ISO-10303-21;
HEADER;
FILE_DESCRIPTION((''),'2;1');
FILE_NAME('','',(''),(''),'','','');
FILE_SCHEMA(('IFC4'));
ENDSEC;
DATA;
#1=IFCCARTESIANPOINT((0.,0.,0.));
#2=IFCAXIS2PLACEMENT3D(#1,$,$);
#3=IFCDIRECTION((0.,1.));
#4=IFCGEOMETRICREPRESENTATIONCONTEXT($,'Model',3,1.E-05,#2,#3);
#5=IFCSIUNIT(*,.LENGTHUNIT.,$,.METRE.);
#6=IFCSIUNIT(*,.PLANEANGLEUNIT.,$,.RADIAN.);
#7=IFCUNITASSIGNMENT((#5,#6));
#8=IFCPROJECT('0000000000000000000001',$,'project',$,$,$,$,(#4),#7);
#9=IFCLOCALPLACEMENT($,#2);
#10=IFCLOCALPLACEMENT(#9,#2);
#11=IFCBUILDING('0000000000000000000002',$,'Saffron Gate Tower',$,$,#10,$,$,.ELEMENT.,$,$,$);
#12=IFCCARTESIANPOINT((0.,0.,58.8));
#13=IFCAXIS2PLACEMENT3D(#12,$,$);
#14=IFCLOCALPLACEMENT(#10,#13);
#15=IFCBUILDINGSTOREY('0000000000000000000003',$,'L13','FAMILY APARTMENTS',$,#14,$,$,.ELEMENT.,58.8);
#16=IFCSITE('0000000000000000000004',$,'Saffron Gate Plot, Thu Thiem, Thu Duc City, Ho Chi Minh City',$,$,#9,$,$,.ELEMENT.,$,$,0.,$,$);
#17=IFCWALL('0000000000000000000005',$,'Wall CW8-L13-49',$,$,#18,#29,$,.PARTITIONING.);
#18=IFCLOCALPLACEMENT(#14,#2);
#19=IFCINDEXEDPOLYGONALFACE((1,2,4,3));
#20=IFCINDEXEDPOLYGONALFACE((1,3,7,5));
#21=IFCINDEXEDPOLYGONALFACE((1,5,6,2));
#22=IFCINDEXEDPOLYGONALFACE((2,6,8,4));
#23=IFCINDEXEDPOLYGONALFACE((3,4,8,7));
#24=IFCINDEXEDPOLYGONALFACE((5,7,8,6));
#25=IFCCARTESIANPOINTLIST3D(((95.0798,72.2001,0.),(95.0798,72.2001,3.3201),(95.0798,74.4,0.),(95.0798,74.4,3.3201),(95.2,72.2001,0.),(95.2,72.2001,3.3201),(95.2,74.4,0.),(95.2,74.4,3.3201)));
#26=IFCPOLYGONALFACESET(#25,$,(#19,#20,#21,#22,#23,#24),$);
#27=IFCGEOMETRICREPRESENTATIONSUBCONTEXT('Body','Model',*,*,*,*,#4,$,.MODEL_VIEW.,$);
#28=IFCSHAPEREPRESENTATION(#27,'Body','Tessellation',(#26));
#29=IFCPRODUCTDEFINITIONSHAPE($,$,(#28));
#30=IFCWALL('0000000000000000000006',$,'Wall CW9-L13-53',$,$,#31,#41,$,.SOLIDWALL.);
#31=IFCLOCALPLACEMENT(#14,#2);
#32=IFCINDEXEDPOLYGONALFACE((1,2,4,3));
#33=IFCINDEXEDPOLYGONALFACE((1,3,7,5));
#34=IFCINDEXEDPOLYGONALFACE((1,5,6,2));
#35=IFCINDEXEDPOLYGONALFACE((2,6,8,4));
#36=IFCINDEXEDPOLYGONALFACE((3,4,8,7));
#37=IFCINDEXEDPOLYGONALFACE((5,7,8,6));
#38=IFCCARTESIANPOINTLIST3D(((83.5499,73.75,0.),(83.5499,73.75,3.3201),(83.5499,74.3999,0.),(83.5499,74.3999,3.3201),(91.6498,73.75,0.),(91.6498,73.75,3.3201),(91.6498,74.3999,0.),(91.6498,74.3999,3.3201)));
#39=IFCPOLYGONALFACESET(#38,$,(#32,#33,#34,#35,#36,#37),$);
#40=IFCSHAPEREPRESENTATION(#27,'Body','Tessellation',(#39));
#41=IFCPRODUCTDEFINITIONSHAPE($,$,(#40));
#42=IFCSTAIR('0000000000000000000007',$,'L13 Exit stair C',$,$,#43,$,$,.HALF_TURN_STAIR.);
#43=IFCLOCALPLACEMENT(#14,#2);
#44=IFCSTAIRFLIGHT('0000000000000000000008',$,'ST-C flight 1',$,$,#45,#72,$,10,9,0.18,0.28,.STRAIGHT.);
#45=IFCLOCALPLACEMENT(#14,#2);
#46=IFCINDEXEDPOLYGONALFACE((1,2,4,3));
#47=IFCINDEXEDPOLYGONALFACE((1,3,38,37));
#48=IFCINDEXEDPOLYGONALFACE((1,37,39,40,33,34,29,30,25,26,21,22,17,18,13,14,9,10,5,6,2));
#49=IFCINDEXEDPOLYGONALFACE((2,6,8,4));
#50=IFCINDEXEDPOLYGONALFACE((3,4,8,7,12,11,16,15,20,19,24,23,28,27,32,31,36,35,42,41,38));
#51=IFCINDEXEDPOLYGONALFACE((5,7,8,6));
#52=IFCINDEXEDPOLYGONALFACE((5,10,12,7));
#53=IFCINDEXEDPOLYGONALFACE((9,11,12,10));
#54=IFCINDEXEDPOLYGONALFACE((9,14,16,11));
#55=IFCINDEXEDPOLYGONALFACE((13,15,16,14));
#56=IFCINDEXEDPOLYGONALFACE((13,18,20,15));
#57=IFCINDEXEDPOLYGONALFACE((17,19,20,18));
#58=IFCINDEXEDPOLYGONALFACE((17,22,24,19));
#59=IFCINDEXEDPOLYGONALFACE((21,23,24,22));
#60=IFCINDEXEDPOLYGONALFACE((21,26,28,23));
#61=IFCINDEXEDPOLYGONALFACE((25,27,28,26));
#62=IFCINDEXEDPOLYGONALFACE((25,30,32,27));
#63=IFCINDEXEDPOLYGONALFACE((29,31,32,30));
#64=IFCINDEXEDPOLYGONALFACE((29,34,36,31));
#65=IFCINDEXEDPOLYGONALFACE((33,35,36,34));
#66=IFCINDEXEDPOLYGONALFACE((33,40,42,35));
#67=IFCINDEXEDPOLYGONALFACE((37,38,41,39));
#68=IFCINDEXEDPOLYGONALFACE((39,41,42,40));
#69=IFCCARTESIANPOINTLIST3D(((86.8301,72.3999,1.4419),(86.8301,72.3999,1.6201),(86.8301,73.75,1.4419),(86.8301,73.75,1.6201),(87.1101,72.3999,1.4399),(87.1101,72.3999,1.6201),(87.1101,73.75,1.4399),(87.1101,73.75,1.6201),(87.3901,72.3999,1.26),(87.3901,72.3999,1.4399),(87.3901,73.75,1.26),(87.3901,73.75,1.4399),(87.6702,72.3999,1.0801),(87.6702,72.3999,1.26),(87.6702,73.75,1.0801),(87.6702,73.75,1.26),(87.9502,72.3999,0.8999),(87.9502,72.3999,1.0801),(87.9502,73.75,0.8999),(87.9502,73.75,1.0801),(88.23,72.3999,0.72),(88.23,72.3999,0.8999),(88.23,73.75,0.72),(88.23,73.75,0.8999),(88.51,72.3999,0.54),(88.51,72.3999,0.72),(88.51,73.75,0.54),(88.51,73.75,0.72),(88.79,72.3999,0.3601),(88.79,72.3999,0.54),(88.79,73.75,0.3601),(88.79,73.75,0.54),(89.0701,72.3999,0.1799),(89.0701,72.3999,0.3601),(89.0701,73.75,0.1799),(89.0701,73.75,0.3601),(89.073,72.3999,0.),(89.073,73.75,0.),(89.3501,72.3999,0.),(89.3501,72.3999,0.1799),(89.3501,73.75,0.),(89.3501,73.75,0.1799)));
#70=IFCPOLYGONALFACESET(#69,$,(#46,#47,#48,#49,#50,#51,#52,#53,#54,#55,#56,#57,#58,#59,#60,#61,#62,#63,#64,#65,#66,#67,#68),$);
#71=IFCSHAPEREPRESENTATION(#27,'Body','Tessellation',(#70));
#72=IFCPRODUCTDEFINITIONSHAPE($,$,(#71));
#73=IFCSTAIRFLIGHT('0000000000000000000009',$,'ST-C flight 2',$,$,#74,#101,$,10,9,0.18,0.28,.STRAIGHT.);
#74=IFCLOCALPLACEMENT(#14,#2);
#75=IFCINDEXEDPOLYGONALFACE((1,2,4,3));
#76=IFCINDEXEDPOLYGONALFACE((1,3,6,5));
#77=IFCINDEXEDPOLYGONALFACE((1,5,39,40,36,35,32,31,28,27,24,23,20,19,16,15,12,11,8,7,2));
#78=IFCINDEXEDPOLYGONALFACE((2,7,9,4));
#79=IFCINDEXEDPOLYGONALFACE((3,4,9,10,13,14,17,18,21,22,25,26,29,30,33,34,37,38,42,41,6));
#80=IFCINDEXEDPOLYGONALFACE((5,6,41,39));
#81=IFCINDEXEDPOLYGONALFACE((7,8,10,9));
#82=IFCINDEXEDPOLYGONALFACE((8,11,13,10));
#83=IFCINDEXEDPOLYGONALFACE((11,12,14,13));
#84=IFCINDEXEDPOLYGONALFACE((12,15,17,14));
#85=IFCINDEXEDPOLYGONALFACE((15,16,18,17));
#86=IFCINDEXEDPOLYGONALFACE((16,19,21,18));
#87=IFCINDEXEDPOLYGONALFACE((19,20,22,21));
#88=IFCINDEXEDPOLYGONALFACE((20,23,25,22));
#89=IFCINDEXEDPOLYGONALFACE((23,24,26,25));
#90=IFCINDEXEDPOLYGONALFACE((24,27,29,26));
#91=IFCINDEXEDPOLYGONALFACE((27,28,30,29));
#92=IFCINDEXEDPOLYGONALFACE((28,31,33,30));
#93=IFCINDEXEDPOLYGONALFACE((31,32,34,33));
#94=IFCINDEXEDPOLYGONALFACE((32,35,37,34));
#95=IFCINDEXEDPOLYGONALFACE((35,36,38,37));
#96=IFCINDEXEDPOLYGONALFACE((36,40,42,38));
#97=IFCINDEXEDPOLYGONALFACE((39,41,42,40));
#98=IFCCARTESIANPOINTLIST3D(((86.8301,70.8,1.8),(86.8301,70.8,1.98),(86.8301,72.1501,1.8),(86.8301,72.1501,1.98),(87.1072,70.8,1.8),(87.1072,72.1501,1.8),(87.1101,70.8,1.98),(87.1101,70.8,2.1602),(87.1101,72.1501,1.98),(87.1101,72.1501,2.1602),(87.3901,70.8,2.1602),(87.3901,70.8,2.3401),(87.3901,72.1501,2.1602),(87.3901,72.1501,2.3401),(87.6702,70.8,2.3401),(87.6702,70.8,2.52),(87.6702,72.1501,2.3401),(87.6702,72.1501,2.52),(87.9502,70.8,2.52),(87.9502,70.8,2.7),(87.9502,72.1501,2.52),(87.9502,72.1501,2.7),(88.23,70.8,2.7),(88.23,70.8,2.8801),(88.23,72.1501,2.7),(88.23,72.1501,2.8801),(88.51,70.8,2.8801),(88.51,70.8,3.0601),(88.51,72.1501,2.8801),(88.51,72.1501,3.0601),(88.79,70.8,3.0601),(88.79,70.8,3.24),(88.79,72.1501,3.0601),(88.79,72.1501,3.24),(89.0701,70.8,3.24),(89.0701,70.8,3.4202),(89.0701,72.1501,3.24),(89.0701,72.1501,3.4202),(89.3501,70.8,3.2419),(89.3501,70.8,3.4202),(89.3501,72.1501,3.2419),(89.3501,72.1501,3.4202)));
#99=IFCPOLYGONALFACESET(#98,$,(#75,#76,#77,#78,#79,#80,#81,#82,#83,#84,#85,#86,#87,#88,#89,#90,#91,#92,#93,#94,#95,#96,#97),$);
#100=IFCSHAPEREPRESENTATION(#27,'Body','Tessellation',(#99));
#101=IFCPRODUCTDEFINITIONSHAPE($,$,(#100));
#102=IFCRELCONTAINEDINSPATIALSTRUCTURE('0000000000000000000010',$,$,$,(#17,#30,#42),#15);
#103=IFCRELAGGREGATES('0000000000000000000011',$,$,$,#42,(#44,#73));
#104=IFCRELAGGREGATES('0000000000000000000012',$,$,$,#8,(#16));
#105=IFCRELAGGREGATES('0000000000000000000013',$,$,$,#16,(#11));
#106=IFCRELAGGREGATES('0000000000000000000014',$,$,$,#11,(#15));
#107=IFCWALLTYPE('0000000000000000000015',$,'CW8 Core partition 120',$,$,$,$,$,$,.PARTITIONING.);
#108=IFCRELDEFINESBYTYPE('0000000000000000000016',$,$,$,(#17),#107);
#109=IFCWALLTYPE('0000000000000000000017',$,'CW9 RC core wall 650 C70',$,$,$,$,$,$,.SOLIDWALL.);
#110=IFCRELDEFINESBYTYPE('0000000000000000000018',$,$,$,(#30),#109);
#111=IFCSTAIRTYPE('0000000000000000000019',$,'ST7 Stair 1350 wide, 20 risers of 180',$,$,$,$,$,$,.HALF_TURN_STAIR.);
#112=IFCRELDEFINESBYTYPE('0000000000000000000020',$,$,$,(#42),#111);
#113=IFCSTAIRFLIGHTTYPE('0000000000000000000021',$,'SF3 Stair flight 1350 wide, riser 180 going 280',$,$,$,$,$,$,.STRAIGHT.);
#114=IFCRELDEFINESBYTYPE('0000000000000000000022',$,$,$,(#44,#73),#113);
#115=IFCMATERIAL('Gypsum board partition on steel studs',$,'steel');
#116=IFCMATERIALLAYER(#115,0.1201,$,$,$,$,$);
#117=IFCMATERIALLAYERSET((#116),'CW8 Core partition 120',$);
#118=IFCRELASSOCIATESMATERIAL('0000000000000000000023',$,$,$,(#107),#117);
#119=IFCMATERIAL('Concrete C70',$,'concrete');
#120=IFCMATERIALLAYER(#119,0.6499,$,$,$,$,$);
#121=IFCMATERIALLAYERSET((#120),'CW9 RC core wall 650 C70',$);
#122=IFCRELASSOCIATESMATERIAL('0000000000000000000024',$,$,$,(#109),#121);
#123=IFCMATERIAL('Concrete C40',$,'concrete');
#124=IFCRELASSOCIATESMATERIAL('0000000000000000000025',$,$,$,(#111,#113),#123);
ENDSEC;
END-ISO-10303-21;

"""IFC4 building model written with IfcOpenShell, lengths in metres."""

from ifc_helpers import new_model, si_unit, direction, frame, frame_2d, origin, place, context, subcontext, project, spatial, polyline, rectangle, outline, extrude, material, layer, layer_set, type_object, element, aggregate, save


model = new_model("IFC4")

# Units and contexts
model_context = context("Model", 3, precision=1e-05, world=origin(), true_north=direction((0.0, 1.0)))
body_context = subcontext(model_context, "Body", "Model", "MODEL_VIEW")
ifc_project = project(units=[si_unit("LENGTHUNIT", "METRE"), si_unit("PLANEANGLEUNIT", "RADIAN")], contexts=[model_context])

# Site, building, storey
site_placement = place(None, origin())
site = spatial("IfcSite", under=ifc_project, at=site_placement, Name="Saffron Gate Plot, Thu Thiem, Thu Duc City, Ho Chi Minh City", CompositionType="ELEMENT", RefElevation=0.0)
building_placement = place(site_placement, origin())
building = spatial("IfcBuilding", under=site, at=building_placement, Name="Saffron Gate Tower", CompositionType="ELEMENT")
storey_placement = place(building_placement, frame((0.0, 0.0, 58.8)))
storey = spatial("IfcBuildingStorey", under=building, at=storey_placement, Name="L13", Description="FAMILY APARTMENTS", CompositionType="ELEMENT", Elevation=58.8)

# Shared definitions
ifc_material_1 = material(Name="Gypsum board partition on steel studs", Category="steel")
ifc_material_2 = material(Name="Concrete C70", Category="concrete")

# Shared definitions
ifc_layer_1 = layer(ifc_material_1, 0.1201)
ifc_layer_set_1 = layer_set([ifc_layer_1], Name="CW8 Core partition 120")
wall_type_1 = type_object("IfcWallType", Name="CW8 Core partition 120", PredefinedType="PARTITIONING", material=ifc_layer_set_1)

# Walls
wall_1_placement = place(storey_placement, frame((95.1399, 72.2, 0.0), z_axis=(0.0, 0.0, 1.0), x_axis=(0.0, 1.0, 0.0)))
element("IfcWall", 1, at=wall_1_placement, inside=storey, type_object=wall_type_1, Name="Wall CW8-L13-49", PredefinedType="PARTITIONING", context=body_context, shape_type="SweptSolid", body=[
    extrude(rectangle(XDim=2.2, YDim=0.1201, at=frame_2d((1.1001, 0.0))), origin(), (0.0, 0.0, 1.0), 3.3201),
])
ifc_layer_2 = layer(ifc_material_2, 0.6499)
ifc_layer_set_2 = layer_set([ifc_layer_2], Name="CW9 RC core wall 650 C70")
wall_type_2 = type_object("IfcWallType", Name="CW9 RC core wall 650 C70", PredefinedType="SOLIDWALL", material=ifc_layer_set_2)
wall_2_placement = place(storey_placement, frame((83.55, 74.075, 0.0), z_axis=(0.0, 0.0, 1.0), x_axis=(1.0, 0.0, 0.0)))
element("IfcWall", 2, at=wall_2_placement, inside=storey, type_object=wall_type_2, Name="Wall CW9-L13-53", PredefinedType="SOLIDWALL", context=body_context, shape_type="SweptSolid", body=[
    extrude(rectangle(XDim=8.0999, YDim=0.6499, at=frame_2d((4.0498, 0.0))), origin(), (0.0, 0.0, 1.0), 3.3201),
])

# Stair, stair flights
ifc_material_3 = material(Name="Concrete C40", Category="concrete")
stair_type = type_object("IfcStairType", Name="ST7 Stair 1350 wide, 20 risers of 180", PredefinedType="HALF_TURN_STAIR", material=ifc_material_3)
stair_placement = place(storey_placement, origin())
stair = element("IfcStair", 3, at=stair_placement, inside=storey, type_object=stair_type, Name="L13 Exit stair C", PredefinedType="HALF_TURN_STAIR")
stair_flight_type = type_object("IfcStairFlightType", Name="SF3 Stair flight 1350 wide, riser 180 going 280", PredefinedType="STRAIGHT", material=ifc_material_3)
stair_flight_1_placement = place(storey_placement, frame((89.3501, 73.075, 0.0), z_axis=(0.0, 0.0, 1.0), x_axis=(-1.0, 0.0, 0.0)))
stair_flight_1 = element("IfcStairFlight", 4, at=stair_flight_1_placement, type_object=stair_flight_type, Name="ST-C flight 1", NumberOfRisers=10, NumberOfTreads=9, PredefinedType="STRAIGHT", RiserHeight=0.18, TreadLength=0.28, context=body_context, shape_type="SweptSolid", body=[
    extrude(outline(polyline([(0.0, 0.0), (0.0, 0.1799), (0.28, 0.1799), (0.28, 0.3601), (0.5601, 0.3601), (0.5601, 0.54), (0.8401, 0.54), (0.8401, 0.72), (1.1201, 0.72), (1.1201, 0.8999), (1.3999, 0.8999), (1.3999, 1.0801), (1.6799, 1.0801), (1.6799, 1.26), (1.96, 1.26), (1.96, 1.4399), (2.24, 1.4399), (2.24, 1.6201), (2.52, 1.6201), (2.52, 1.8), (2.52, 1.4419), (0.2771, 0.0), (0.0, 0.0)])), frame((0.0, 0.675, 0.0), z_axis=(0.0, -1.0, 0.0), x_axis=(1.0, 0.0, 0.0)), (0.0, 0.0, 1.0), 1.3501),
])
stair_flight_2_placement = place(storey_placement, frame((86.8301, 71.4751, 1.8), z_axis=(0.0, 0.0, 1.0), x_axis=(1.0, 0.0, 0.0)))
stair_flight_2 = element("IfcStairFlight", 5, at=stair_flight_2_placement, type_object=stair_flight_type, Name="ST-C flight 2", NumberOfRisers=10, NumberOfTreads=9, PredefinedType="STRAIGHT", RiserHeight=0.18, TreadLength=0.28, context=body_context, shape_type="SweptSolid", body=[
    extrude(outline(polyline([(0.0, 0.0), (0.0, 0.1799), (0.28, 0.1799), (0.28, 0.3601), (0.5601, 0.3601), (0.5601, 0.54), (0.8401, 0.54), (0.8401, 0.72), (1.1201, 0.72), (1.1201, 0.8999), (1.3999, 0.8999), (1.3999, 1.0801), (1.6799, 1.0801), (1.6799, 1.26), (1.96, 1.26), (1.96, 1.4399), (2.24, 1.4399), (2.24, 1.6201), (2.52, 1.6201), (2.52, 1.8), (2.52, 1.4419), (0.2771, 0.0), (0.0, 0.0)])), frame((0.0, 0.675, 0.0), z_axis=(0.0, -1.0, 0.0), x_axis=(1.0, 0.0, 0.0)), (0.0, 0.0, 1.0), 1.3501),
])
aggregate(stair, [stair_flight_1, stair_flight_2])

save(model, "model.ifc")
